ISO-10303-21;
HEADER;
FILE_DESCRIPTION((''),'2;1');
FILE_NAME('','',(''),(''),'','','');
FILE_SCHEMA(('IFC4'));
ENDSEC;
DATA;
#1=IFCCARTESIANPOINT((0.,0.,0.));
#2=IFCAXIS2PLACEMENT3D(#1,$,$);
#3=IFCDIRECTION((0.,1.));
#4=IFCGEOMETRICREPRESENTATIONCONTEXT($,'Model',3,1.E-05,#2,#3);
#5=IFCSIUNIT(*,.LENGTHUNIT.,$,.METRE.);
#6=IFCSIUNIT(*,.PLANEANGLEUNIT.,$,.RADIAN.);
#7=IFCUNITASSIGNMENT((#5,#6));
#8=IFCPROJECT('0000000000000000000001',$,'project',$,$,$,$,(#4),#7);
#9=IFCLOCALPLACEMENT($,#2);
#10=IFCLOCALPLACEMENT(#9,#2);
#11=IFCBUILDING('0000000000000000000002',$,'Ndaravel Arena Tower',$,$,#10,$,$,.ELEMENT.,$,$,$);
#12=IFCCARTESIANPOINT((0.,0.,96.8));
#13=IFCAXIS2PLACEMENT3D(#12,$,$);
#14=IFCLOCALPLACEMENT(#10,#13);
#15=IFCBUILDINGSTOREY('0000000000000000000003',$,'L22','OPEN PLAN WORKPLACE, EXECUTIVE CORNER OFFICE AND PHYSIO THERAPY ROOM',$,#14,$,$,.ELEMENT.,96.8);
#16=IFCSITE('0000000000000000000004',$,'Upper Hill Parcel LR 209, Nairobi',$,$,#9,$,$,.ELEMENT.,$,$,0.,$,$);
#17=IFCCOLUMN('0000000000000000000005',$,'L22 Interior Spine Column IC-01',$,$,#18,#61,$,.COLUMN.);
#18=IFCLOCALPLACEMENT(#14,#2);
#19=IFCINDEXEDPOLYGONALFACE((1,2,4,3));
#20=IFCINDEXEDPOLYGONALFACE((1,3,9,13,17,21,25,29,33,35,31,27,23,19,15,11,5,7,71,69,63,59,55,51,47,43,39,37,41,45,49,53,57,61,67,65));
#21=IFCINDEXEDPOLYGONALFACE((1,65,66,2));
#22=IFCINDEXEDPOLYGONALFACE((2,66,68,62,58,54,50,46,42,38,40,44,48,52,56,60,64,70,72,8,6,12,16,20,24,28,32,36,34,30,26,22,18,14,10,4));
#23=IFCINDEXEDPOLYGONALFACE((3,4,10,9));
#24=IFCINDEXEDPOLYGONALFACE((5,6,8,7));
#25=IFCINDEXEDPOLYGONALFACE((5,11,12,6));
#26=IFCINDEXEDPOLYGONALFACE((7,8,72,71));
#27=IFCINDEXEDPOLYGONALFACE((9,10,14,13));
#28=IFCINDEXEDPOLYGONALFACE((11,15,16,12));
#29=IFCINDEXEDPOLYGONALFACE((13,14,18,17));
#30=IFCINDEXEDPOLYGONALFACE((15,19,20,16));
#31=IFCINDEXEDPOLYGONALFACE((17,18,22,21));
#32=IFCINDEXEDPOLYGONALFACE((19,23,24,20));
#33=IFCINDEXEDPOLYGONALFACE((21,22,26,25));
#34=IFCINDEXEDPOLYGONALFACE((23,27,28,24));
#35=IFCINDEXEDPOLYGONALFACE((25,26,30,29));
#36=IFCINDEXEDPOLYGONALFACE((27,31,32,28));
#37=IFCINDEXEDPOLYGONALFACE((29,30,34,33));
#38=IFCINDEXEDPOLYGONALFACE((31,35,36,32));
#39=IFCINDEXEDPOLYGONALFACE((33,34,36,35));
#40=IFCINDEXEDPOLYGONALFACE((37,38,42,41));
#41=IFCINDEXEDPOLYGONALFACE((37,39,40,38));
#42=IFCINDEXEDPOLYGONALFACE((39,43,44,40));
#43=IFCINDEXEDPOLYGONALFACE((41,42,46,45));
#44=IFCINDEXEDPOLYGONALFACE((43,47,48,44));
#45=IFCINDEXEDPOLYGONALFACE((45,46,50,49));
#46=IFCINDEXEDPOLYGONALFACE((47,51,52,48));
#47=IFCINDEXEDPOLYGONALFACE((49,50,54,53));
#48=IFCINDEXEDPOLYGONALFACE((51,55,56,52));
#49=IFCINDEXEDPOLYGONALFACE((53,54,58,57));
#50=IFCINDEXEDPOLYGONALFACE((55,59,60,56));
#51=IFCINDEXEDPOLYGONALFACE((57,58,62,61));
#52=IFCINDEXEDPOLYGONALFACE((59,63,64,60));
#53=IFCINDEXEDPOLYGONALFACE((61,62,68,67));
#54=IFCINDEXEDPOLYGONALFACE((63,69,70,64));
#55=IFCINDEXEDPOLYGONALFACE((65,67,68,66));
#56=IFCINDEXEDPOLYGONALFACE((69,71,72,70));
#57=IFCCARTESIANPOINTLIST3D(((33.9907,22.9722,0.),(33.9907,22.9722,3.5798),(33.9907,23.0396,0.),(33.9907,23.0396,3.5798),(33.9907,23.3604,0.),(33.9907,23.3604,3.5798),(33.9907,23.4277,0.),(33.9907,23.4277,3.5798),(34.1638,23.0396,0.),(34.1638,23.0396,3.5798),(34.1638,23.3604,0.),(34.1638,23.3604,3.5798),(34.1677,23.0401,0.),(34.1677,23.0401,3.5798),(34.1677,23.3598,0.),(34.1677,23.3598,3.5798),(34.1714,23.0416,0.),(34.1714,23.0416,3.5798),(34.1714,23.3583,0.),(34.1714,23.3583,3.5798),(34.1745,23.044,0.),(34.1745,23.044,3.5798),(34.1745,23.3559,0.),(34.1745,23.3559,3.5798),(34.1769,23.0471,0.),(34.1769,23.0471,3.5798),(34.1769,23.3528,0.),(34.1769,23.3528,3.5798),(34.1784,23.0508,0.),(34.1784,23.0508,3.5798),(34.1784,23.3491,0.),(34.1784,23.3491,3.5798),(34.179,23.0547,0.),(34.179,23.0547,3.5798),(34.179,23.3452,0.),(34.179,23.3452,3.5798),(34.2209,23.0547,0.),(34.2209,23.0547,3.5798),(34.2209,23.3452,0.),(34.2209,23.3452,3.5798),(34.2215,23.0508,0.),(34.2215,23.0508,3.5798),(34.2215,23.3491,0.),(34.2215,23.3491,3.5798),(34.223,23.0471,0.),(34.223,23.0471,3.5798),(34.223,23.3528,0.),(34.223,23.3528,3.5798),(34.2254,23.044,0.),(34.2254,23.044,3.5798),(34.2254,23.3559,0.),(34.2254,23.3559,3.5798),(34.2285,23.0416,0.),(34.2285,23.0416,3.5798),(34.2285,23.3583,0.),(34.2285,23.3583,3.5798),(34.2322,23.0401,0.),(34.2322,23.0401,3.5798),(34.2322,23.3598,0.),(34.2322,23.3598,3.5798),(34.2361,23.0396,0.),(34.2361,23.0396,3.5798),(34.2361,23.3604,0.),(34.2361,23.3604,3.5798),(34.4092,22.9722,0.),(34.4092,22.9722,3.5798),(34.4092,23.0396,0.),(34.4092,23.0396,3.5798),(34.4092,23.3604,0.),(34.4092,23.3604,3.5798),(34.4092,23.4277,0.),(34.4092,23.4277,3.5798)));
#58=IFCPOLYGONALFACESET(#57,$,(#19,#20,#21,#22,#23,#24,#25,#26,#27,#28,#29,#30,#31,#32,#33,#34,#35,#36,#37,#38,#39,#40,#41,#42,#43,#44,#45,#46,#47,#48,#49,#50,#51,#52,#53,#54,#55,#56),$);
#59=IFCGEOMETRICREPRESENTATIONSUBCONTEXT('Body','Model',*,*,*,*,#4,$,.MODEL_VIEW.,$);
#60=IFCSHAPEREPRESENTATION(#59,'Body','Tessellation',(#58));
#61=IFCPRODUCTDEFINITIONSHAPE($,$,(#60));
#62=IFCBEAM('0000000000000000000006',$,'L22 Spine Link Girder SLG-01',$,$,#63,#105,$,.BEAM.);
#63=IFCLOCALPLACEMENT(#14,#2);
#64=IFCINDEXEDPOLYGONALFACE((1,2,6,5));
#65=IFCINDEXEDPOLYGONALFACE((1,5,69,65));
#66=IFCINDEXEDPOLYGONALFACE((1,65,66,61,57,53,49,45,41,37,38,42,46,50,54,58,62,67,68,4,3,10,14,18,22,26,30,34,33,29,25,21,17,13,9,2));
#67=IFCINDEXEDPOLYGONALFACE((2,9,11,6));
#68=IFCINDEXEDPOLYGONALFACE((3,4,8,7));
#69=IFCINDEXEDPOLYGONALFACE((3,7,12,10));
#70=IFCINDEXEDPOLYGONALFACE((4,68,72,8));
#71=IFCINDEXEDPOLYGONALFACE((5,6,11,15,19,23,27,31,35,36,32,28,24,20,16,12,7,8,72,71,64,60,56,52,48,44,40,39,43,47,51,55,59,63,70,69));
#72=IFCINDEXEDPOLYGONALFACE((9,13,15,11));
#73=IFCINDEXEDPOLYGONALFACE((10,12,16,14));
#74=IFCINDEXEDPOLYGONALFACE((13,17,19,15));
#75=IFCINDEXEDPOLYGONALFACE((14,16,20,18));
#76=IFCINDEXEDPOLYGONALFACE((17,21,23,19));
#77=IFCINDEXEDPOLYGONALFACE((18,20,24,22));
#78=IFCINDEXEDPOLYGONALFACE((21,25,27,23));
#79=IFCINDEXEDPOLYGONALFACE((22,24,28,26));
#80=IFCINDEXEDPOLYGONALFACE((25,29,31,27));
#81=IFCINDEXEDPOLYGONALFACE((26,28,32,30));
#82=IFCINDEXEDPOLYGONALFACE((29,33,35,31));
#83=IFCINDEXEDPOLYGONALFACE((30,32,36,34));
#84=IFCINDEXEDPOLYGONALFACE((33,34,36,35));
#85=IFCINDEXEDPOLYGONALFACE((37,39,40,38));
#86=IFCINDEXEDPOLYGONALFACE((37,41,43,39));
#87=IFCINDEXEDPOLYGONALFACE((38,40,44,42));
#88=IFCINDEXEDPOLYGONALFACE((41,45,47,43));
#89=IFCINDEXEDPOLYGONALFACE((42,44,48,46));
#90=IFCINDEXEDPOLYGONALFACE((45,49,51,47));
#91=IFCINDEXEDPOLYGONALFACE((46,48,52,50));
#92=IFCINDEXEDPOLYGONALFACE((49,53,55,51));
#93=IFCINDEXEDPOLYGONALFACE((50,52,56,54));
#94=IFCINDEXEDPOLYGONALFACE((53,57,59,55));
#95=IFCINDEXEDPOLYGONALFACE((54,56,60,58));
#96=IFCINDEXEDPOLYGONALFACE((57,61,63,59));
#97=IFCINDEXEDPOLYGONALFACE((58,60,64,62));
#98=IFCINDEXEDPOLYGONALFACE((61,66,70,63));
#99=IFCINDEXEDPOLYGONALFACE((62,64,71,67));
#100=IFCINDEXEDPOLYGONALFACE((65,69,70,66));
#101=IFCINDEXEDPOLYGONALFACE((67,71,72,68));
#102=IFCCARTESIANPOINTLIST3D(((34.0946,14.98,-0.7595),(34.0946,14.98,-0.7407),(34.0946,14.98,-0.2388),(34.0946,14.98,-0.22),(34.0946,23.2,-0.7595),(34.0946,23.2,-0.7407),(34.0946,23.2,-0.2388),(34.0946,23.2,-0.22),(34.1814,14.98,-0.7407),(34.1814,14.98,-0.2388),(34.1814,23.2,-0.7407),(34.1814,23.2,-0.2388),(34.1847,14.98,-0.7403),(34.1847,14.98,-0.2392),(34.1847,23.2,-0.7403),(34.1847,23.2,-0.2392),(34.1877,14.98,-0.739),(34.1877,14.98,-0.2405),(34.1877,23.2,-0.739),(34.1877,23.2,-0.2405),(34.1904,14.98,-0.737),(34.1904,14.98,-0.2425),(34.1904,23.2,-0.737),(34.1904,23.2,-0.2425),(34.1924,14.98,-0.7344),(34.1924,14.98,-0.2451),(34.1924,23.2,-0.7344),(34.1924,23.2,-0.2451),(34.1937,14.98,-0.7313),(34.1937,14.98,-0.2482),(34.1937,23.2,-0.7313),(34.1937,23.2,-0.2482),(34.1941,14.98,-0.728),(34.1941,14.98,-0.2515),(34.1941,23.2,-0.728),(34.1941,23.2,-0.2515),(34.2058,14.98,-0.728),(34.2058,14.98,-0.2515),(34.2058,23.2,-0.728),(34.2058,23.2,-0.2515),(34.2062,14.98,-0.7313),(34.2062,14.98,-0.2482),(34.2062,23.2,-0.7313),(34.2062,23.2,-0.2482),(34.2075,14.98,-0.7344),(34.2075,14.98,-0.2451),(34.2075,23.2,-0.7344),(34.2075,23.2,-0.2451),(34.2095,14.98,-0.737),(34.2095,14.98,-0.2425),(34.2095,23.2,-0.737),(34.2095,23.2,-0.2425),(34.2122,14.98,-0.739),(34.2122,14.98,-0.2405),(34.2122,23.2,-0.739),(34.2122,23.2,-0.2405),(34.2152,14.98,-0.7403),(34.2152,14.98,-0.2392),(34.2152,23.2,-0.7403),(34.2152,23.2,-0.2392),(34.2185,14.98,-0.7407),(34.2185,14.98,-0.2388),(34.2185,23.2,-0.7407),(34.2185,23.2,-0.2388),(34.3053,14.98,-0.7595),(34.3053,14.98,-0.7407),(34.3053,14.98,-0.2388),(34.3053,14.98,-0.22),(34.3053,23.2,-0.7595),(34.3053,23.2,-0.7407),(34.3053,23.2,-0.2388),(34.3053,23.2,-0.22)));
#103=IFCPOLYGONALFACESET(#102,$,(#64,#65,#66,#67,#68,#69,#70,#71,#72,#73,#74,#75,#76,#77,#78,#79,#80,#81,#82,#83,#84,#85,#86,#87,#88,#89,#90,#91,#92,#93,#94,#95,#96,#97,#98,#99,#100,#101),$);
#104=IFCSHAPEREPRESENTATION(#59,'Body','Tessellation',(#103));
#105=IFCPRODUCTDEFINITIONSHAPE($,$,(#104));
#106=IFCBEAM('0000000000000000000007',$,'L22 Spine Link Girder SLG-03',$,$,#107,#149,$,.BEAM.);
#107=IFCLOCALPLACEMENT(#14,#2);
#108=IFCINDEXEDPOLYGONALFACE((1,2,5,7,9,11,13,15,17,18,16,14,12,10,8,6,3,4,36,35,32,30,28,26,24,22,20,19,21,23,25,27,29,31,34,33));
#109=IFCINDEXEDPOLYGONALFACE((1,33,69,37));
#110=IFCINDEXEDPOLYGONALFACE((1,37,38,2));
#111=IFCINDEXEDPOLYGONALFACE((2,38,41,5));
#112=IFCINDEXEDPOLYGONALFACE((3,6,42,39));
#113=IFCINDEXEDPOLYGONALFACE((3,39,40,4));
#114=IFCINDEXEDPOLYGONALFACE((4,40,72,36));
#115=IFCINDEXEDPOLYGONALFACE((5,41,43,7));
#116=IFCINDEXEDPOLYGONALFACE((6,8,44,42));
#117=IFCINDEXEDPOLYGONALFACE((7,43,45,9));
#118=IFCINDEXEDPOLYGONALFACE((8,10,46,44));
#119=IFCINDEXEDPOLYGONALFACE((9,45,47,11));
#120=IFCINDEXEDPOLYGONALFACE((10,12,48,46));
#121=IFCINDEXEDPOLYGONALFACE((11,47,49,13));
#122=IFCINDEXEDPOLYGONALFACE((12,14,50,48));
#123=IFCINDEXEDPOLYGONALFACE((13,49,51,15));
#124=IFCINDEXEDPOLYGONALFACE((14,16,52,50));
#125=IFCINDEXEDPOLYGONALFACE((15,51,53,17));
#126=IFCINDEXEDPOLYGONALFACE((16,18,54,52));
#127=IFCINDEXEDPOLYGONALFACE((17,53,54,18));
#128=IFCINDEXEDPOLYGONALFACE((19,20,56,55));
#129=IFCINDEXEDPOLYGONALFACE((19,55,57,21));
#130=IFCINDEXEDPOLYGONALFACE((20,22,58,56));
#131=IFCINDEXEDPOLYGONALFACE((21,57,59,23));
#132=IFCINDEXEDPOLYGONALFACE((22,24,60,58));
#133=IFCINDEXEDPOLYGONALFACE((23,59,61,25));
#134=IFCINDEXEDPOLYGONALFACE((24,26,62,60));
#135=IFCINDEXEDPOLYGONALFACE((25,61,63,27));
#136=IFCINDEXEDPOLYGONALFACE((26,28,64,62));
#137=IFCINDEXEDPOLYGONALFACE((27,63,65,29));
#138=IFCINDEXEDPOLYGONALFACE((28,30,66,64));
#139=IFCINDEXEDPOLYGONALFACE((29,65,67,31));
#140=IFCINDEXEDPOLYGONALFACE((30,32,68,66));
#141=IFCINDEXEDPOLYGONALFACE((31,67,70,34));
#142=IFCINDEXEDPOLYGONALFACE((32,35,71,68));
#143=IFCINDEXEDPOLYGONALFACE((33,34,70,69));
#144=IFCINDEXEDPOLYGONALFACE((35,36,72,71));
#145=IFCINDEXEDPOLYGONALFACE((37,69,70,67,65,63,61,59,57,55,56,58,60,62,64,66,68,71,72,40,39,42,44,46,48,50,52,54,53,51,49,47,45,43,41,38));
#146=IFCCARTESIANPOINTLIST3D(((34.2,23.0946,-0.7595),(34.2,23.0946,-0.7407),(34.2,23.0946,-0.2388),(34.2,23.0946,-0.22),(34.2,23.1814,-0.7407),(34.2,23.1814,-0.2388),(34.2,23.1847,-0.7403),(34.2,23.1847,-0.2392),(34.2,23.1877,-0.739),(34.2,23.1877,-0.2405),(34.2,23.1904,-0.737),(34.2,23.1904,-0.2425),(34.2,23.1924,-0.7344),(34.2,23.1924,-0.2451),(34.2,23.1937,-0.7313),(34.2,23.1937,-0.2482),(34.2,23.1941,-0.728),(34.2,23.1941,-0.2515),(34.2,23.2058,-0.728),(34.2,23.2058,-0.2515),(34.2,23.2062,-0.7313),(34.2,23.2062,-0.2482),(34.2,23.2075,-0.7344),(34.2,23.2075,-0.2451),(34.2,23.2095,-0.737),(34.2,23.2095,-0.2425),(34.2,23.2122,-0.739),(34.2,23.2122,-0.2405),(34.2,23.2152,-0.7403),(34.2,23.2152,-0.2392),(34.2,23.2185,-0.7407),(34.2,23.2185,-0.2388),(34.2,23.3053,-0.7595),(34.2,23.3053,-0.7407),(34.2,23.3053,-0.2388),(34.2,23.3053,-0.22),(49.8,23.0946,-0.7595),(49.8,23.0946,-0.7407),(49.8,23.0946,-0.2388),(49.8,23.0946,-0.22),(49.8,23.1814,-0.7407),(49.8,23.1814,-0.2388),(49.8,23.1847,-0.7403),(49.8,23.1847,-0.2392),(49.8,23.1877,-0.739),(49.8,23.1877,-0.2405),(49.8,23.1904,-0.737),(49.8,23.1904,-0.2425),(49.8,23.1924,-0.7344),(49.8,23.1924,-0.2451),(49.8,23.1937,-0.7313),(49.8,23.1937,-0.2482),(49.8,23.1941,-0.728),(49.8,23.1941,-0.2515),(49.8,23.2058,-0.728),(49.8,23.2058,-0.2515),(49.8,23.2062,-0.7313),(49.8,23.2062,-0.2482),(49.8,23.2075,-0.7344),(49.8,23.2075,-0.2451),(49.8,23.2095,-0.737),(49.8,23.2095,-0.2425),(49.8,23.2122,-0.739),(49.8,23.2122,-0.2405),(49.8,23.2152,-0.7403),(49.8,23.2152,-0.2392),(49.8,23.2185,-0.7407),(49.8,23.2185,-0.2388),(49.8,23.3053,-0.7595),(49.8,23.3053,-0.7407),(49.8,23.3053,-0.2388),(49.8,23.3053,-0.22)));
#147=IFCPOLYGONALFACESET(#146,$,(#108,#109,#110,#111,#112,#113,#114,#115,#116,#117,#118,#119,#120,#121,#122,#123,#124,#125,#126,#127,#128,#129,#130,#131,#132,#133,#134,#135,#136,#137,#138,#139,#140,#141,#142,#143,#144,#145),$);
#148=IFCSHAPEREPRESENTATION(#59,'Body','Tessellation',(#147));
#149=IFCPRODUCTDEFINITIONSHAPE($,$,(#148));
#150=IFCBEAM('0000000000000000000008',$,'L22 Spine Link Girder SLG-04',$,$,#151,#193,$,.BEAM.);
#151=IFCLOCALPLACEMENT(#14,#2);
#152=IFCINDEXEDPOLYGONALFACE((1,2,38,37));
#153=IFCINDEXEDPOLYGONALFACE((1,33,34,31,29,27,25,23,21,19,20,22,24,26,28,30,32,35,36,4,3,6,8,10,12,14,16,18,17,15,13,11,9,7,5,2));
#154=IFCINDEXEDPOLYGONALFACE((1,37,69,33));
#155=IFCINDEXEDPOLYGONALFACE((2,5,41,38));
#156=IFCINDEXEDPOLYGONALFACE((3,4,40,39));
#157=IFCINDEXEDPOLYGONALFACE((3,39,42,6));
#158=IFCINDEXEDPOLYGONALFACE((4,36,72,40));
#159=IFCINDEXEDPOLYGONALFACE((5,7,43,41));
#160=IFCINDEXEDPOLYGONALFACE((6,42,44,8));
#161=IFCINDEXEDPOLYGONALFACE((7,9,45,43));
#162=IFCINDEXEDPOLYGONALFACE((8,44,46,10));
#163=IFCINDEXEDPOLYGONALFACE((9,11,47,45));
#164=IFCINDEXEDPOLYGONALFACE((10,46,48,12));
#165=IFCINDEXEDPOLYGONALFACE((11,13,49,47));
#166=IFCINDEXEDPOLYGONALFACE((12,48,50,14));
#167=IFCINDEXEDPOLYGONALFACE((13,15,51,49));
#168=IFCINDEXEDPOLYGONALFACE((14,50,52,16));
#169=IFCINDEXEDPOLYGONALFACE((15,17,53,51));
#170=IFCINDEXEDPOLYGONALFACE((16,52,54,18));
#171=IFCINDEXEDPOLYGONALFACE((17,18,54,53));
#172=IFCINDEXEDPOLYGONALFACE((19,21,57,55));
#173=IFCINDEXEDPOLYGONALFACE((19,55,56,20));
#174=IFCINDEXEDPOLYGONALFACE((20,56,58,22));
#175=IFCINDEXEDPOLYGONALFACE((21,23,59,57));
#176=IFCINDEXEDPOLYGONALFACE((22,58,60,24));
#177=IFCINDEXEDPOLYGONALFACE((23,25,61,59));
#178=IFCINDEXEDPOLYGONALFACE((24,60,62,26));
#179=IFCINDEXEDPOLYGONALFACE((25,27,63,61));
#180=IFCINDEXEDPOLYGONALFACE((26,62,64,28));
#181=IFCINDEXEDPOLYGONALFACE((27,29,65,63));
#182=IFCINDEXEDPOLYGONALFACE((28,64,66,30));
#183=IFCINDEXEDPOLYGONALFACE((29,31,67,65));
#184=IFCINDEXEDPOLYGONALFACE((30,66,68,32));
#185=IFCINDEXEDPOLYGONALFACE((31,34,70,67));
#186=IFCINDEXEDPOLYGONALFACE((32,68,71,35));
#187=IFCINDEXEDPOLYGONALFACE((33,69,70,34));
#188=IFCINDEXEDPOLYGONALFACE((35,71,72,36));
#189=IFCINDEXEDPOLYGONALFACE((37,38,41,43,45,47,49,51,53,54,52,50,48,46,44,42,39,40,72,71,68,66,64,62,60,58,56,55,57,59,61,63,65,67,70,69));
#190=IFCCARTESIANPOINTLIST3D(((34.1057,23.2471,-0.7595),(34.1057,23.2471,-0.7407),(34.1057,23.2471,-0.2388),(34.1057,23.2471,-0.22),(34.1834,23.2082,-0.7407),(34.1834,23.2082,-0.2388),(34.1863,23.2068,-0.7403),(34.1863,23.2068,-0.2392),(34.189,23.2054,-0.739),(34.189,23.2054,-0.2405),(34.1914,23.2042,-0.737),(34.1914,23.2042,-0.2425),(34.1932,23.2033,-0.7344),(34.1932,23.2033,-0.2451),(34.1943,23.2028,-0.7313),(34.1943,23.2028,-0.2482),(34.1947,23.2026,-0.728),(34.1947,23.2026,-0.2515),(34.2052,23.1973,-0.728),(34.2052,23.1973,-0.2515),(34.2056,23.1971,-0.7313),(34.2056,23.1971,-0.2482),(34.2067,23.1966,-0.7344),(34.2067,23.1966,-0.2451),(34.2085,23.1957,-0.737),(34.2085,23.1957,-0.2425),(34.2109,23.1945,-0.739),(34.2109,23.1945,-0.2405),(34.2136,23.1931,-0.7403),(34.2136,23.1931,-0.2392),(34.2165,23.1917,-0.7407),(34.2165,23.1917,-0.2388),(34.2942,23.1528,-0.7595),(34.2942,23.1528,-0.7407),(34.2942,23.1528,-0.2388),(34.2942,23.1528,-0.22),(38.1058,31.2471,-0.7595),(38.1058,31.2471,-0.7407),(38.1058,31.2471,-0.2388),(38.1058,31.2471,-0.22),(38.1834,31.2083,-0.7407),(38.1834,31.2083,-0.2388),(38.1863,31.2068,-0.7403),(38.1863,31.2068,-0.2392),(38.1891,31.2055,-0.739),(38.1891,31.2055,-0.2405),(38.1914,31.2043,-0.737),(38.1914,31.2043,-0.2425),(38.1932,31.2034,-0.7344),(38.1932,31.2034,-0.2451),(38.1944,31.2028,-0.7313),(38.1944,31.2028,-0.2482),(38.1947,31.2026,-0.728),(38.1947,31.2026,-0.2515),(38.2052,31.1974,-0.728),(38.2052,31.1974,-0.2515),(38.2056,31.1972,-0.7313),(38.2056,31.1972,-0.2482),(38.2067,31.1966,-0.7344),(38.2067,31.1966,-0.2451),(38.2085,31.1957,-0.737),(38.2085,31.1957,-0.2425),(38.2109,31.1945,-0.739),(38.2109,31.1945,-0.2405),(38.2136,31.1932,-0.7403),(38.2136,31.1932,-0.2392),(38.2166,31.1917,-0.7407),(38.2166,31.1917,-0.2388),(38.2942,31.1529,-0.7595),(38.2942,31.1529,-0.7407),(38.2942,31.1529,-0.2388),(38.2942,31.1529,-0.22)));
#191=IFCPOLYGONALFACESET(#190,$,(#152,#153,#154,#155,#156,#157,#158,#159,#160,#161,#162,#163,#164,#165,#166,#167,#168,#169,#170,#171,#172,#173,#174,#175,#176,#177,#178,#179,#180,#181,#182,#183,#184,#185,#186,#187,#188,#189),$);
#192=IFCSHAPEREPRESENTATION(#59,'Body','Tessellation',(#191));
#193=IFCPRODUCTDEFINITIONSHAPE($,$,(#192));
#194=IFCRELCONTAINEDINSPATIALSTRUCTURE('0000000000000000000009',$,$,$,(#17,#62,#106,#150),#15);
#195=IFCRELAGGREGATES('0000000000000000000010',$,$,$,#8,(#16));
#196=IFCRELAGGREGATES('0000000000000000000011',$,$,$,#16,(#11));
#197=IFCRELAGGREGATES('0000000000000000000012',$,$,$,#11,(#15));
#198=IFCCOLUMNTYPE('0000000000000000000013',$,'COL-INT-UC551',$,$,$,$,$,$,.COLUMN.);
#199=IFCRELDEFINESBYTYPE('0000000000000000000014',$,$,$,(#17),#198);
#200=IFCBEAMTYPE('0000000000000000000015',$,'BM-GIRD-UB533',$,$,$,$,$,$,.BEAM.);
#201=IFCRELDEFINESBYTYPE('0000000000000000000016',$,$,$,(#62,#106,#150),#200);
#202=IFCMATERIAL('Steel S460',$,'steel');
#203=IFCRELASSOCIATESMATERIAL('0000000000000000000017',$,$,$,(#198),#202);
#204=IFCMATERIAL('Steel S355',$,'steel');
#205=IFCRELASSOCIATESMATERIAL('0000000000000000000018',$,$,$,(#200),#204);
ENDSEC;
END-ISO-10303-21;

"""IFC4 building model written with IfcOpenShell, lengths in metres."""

from ifc_helpers import new_model, si_unit, direction, frame, origin, origin_2d, place, context, subcontext, project, spatial, i_section, extrude, material, material_profile, profile_set, type_object, element, save


model = new_model("IFC4")

# Units and contexts
model_context = context("Model", 3, precision=1e-05, world=origin(), true_north=direction((0.0, 1.0)))
body_context = subcontext(model_context, "Body", "Model", "MODEL_VIEW")
ifc_project = project(units=[si_unit("LENGTHUNIT", "METRE"), si_unit("PLANEANGLEUNIT", "RADIAN")], contexts=[model_context])

# Site, building, storey
site_placement = place(None, origin())
site = spatial("IfcSite", under=ifc_project, at=site_placement, Name="Upper Hill Parcel LR 209, Nairobi", CompositionType="ELEMENT", RefElevation=0.0)
building_placement = place(site_placement, origin())
building = spatial("IfcBuilding", under=site, at=building_placement, Name="Ndaravel Arena Tower", CompositionType="ELEMENT")
storey_placement = place(building_placement, frame((0.0, 0.0, 96.8)))
storey = spatial("IfcBuildingStorey", under=building, at=storey_placement, Name="L22", Description="OPEN PLAN WORKPLACE, EXECUTIVE CORNER OFFICE AND PHYSIO THERAPY ROOM", CompositionType="ELEMENT", Elevation=96.8)

# Column
ifc_material_1 = material(Name="Steel S460", Category="steel")
ifc_material_profile_1 = material_profile(ifc_material_1, i_section(OverallWidth=0.4185, OverallDepth=0.4556, WebThickness=0.042, FlangeThickness=0.0674, FilletRadius=0.0151, at=origin_2d()), Name="UC 356x406x551")
ifc_profile_set_1 = profile_set([ifc_material_profile_1], Name="Steel S460")
column_type = type_object("IfcColumnType", Name="COL-INT-UC551", PredefinedType="COLUMN", material=ifc_profile_set_1)
column_placement = place(storey_placement, frame((34.2, 23.2, 0.0), z_axis=(0.0, 0.0, 1.0), x_axis=(1.0, 0.0, 0.0)))
element("IfcColumn", 1, at=column_placement, inside=storey, type_object=column_type, Name="L22 Interior Spine Column IC-01", PredefinedType="COLUMN", context=body_context, shape_type="SweptSolid", body=[
    extrude(i_section(OverallWidth=0.4185, OverallDepth=0.4556, WebThickness=0.042, FlangeThickness=0.0674, FilletRadius=0.0151, at=origin_2d()), origin(), (0.0, 0.0, 1.0), 3.5798),
])

# Beams
ifc_material_2 = material(Name="Steel S355", Category="steel")
ifc_material_profile_2 = material_profile(ifc_material_2, i_section(OverallWidth=0.2107, OverallDepth=0.5396, WebThickness=0.0117, FlangeThickness=0.0188, FilletRadius=0.0127, at=origin_2d()), Name="UB 533x210x109")
ifc_profile_set_2 = profile_set([ifc_material_profile_2], Name="Steel S355")
beam_type = type_object("IfcBeamType", Name="BM-GIRD-UB533", PredefinedType="BEAM", material=ifc_profile_set_2)
beam_1_placement = place(storey_placement, frame((34.2, 14.98, -0.4897), z_axis=(0.0, 1.0, 0.0), x_axis=(-1.0, 0.0, 0.0)))
element("IfcBeam", 2, at=beam_1_placement, inside=storey, type_object=beam_type, Name="L22 Spine Link Girder SLG-01", PredefinedType="BEAM", context=body_context, shape_type="SweptSolid", body=[
    extrude(i_section(OverallWidth=0.2107, OverallDepth=0.5396, WebThickness=0.0117, FlangeThickness=0.0188, FilletRadius=0.0127, at=origin_2d()), origin(), (0.0, 0.0, 1.0), 8.22),
])
beam_2_placement = place(storey_placement, frame((34.2, 23.2, -0.4897), z_axis=(1.0, 0.0, 0.0), x_axis=(0.0, 1.0, 0.0)))
element("IfcBeam", 3, at=beam_2_placement, inside=storey, type_object=beam_type, Name="L22 Spine Link Girder SLG-03", PredefinedType="BEAM", context=body_context, shape_type="SweptSolid", body=[
    extrude(i_section(OverallWidth=0.2107, OverallDepth=0.5396, WebThickness=0.0117, FlangeThickness=0.0188, FilletRadius=0.0127, at=origin_2d()), origin(), (0.0, 0.0, 1.0), 15.6001),
])
beam_3_placement = place(storey_placement, frame((34.2, 23.2, -0.4897), z_axis=(0.447214, 0.894427, 0.0), x_axis=(-0.894427, 0.447214, 0.0)))
element("IfcBeam", 4, at=beam_3_placement, inside=storey, type_object=beam_type, Name="L22 Spine Link Girder SLG-04", PredefinedType="BEAM", context=body_context, shape_type="SweptSolid", body=[
    extrude(i_section(OverallWidth=0.2107, OverallDepth=0.5396, WebThickness=0.0117, FlangeThickness=0.0188, FilletRadius=0.0127, at=origin_2d()), origin(), (0.0, 0.0, 1.0), 8.9443),
])

save(model, "model.ifc")
